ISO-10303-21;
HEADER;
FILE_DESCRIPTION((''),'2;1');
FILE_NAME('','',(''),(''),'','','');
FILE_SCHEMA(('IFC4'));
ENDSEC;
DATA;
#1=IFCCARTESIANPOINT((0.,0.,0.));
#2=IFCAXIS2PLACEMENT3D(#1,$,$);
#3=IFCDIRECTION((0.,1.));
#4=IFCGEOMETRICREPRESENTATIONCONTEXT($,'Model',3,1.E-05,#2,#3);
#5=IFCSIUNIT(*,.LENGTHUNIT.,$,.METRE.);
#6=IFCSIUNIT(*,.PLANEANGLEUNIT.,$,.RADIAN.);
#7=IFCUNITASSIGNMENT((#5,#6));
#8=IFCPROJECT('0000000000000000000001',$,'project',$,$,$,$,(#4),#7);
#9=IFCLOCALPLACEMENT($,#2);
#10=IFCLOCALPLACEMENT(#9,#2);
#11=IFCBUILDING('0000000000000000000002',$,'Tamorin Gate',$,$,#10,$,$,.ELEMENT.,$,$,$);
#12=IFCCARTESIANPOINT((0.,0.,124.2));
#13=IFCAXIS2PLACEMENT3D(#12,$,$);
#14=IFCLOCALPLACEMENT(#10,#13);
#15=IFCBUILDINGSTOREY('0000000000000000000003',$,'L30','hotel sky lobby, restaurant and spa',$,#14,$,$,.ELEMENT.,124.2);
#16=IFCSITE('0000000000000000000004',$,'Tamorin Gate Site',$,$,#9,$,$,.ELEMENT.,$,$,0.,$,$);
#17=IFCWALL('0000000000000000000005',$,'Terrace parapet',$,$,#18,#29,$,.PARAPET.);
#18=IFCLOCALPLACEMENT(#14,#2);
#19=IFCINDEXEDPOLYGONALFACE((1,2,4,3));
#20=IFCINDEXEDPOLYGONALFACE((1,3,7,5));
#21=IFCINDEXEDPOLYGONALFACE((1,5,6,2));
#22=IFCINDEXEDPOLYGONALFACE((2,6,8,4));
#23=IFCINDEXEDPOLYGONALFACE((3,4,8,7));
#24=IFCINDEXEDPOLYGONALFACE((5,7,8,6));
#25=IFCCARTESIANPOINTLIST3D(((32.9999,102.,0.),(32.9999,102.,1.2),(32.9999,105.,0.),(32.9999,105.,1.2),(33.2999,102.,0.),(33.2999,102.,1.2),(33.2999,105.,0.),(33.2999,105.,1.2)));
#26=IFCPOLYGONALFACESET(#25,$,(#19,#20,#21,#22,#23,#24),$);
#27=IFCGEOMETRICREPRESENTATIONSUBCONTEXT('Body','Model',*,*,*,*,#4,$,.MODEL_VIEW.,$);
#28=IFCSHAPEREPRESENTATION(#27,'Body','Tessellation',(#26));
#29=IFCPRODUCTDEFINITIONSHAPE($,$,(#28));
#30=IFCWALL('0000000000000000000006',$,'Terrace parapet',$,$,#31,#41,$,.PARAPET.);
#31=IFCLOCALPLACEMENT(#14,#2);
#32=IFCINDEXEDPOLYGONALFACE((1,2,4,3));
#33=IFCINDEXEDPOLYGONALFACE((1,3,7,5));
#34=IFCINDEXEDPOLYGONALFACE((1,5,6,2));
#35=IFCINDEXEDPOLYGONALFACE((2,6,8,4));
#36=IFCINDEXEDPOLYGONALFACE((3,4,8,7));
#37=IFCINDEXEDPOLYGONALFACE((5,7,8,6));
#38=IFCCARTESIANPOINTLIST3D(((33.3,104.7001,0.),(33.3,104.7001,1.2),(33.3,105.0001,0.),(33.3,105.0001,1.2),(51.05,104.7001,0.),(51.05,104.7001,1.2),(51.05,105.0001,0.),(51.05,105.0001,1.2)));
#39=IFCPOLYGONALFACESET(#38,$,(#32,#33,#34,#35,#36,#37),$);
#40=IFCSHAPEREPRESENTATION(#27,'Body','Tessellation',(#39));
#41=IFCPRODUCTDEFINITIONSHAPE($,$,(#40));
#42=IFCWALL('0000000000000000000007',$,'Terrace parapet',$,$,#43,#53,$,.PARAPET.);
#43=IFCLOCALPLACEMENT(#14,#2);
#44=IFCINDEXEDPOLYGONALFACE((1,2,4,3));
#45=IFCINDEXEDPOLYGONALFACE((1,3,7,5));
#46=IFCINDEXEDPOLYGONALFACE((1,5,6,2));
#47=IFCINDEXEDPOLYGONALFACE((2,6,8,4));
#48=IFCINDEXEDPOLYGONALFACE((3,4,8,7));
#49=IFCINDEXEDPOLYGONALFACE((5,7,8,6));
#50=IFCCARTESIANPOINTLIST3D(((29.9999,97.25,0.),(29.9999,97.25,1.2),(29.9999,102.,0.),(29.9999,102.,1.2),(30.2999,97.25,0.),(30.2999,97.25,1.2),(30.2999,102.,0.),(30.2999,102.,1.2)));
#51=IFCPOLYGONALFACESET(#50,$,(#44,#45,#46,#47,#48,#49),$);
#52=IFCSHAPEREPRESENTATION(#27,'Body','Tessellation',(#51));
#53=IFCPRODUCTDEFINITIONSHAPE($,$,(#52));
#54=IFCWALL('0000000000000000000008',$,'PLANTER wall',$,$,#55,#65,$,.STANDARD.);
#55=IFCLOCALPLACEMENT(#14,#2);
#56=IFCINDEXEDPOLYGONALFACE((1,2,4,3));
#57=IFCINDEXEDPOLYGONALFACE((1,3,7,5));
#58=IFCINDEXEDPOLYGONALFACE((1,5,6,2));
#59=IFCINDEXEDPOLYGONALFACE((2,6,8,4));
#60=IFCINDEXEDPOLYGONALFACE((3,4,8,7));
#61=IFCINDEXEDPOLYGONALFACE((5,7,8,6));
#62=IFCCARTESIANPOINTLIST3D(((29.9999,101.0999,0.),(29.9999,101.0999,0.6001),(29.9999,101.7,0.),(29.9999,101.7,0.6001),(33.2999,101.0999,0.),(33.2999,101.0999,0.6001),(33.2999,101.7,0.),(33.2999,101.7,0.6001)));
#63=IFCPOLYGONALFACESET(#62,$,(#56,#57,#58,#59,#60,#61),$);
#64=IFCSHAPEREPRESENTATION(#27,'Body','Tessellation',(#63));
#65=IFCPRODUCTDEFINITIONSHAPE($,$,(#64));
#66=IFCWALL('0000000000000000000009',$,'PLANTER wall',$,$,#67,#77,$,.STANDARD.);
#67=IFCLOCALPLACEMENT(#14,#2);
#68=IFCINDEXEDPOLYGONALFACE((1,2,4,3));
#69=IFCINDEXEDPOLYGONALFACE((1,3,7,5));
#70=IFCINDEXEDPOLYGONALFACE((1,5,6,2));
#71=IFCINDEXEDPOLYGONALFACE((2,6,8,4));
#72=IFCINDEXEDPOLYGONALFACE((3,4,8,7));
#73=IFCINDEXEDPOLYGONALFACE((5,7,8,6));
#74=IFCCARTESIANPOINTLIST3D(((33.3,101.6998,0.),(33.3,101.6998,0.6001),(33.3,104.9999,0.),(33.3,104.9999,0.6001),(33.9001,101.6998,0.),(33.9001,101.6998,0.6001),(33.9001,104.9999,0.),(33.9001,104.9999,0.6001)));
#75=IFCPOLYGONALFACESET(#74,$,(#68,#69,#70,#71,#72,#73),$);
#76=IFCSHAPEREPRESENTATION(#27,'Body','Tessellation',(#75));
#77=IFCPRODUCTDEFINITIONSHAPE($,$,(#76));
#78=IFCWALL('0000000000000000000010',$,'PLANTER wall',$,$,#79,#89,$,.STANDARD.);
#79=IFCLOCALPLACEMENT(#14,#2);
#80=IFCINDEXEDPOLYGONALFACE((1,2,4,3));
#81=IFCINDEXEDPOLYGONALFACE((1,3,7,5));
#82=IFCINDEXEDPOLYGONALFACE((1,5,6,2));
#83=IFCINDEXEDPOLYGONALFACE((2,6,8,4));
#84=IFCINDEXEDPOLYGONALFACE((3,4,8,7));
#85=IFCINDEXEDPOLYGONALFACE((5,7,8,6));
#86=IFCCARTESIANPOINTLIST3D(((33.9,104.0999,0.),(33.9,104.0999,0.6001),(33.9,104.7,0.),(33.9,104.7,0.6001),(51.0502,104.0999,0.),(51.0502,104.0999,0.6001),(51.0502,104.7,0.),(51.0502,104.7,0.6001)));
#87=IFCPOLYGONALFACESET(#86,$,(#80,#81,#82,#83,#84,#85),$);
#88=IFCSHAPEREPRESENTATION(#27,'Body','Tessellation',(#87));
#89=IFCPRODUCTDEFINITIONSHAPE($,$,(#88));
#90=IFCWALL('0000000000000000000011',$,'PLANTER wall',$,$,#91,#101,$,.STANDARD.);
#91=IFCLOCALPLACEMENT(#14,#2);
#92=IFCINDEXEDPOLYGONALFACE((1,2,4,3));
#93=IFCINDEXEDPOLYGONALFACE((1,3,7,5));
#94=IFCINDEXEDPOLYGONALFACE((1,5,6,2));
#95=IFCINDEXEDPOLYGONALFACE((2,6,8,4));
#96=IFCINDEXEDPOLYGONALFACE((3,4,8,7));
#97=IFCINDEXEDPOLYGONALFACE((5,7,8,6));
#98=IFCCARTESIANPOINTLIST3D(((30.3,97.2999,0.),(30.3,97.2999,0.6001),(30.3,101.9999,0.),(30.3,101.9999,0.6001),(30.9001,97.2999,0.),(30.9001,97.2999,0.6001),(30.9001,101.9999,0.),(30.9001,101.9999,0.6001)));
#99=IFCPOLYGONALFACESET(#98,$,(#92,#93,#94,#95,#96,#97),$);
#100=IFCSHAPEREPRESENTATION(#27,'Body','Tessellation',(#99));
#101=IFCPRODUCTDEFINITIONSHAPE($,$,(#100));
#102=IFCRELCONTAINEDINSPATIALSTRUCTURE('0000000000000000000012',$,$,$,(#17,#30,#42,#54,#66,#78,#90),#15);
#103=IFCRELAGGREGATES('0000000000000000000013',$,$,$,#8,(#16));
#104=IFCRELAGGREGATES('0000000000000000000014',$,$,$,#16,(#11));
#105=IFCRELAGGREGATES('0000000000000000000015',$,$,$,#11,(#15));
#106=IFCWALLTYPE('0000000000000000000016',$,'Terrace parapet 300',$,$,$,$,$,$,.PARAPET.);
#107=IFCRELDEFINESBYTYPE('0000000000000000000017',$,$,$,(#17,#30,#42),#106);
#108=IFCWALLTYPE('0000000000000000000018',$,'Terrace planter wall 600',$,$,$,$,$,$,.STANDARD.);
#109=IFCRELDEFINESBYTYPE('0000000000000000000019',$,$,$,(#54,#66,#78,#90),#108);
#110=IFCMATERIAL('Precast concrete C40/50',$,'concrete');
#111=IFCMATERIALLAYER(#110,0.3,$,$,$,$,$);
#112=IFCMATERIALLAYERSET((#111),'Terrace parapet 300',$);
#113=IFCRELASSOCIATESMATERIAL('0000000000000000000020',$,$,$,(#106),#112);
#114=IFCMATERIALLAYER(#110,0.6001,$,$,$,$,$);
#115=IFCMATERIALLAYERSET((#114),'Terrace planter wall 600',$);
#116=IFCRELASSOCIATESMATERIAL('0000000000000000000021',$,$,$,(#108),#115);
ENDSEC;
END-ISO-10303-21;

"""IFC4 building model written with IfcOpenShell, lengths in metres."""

from ifc_helpers import new_model, si_unit, direction, frame, frame_2d, origin, place, context, subcontext, project, spatial, rectangle, extrude, material, layer, layer_set, type_object, element, save


model = new_model("IFC4")

# Units and contexts
model_context = context("Model", 3, precision=1e-05, world=origin(), true_north=direction((0.0, 1.0)))
body_context = subcontext(model_context, "Body", "Model", "MODEL_VIEW")
ifc_project = project(units=[si_unit("LENGTHUNIT", "METRE"), si_unit("PLANEANGLEUNIT", "RADIAN")], contexts=[model_context])

# Site, building, storey
site_placement = place(None, origin())
site = spatial("IfcSite", under=ifc_project, at=site_placement, Name="Tamorin Gate Site", CompositionType="ELEMENT", RefElevation=0.0)
building_placement = place(site_placement, origin())
building = spatial("IfcBuilding", under=site, at=building_placement, Name="Tamorin Gate", CompositionType="ELEMENT")
storey_placement = place(building_placement, frame((0.0, 0.0, 124.2)))
storey = spatial("IfcBuildingStorey", under=building, at=storey_placement, Name="L30", Description="hotel sky lobby, restaurant and spa", CompositionType="ELEMENT", Elevation=124.2)

# Walls
ifc_material_1 = material(Name="Precast concrete C40/50", Category="concrete")
ifc_layer_1 = layer(ifc_material_1, 0.3)
ifc_layer_set_1 = layer_set([ifc_layer_1], Name="Terrace parapet 300")
wall_type_1 = type_object("IfcWallType", Name="Terrace parapet 300", PredefinedType="PARAPET", material=ifc_layer_set_1)
wall_1_placement = place(storey_placement, frame((33.1499, 105.0, 0.0), z_axis=(0.0, 0.0, 1.0), x_axis=(0.0, -1.0, 0.0)))
element("IfcWall", 1, at=wall_1_placement, inside=storey, type_object=wall_type_1, Name="Terrace parapet", PredefinedType="PARAPET", context=body_context, shape_type="SweptSolid", body=[
    extrude(rectangle(XDim=3.0, YDim=0.3, at=frame_2d((1.5, 0.0))), origin(), (0.0, 0.0, 1.0), 1.2),
])
wall_2_placement = place(storey_placement, frame((33.3, 104.8501, 0.0), z_axis=(0.0, 0.0, 1.0), x_axis=(1.0, 0.0, 0.0)))
element("IfcWall", 2, at=wall_2_placement, inside=storey, type_object=wall_type_1, Name="Terrace parapet", PredefinedType="PARAPET", context=body_context, shape_type="SweptSolid", body=[
    extrude(rectangle(XDim=17.75, YDim=0.3, at=frame_2d((8.875, 0.0))), origin(), (0.0, 0.0, 1.0), 1.2),
])
wall_3_placement = place(storey_placement, frame((30.1499, 102.0, 0.0), z_axis=(0.0, 0.0, 1.0), x_axis=(0.0, -1.0, 0.0)))
element("IfcWall", 3, at=wall_3_placement, inside=storey, type_object=wall_type_1, Name="Terrace parapet", PredefinedType="PARAPET", context=body_context, shape_type="SweptSolid", body=[
    extrude(rectangle(XDim=4.75, YDim=0.3, at=frame_2d((2.375, 0.0))), origin(), (0.0, 0.0, 1.0), 1.2),
])
ifc_layer_2 = layer(ifc_material_1, 0.6001)
ifc_layer_set_2 = layer_set([ifc_layer_2], Name="Terrace planter wall 600")
wall_type_2 = type_object("IfcWallType", Name="Terrace planter wall 600", PredefinedType="STANDARD", material=ifc_layer_set_2)
for number, where, z_axis, x_axis, name in (
    (4, (30.0, 101.3999, 0.0), (0.0, 0.0, 1.0), (1.0, 0.0, 0.0), "PLANTER wall"),
    (5, (33.6001, 101.7, 0.0), (0.0, 0.0, 1.0), (0.0, 1.0, 0.0), "PLANTER wall"),
):
    element("IfcWall", number, at=place(storey_placement, frame(where, z_axis=z_axis, x_axis=x_axis)), inside=storey, type_object=wall_type_2, Name=name, PredefinedType="STANDARD", context=body_context, shape_type="SweptSolid", body=[
        extrude(rectangle(XDim=3.3, YDim=0.6001, at=frame_2d((1.6499, 0.0))), origin(), (0.0, 0.0, 1.0), 0.6001),
    ])
wall_4_placement = place(storey_placement, frame((33.8999, 104.3999, 0.0), z_axis=(0.0, 0.0, 1.0), x_axis=(1.0, 0.0, 0.0)))
element("IfcWall", 6, at=wall_4_placement, inside=storey, type_object=wall_type_2, Name="PLANTER wall", PredefinedType="STANDARD", context=body_context, shape_type="SweptSolid", body=[
    extrude(rectangle(XDim=17.1501, YDim=0.6001, at=frame_2d((8.5752, 0.0))), origin(), (0.0, 0.0, 1.0), 0.6001),
])
wall_5_placement = place(storey_placement, frame((30.6001, 102.0, 0.0), z_axis=(0.0, 0.0, 1.0), x_axis=(0.0, -1.0, 0.0)))
element("IfcWall", 7, at=wall_5_placement, inside=storey, type_object=wall_type_2, Name="PLANTER wall", PredefinedType="STANDARD", context=body_context, shape_type="SweptSolid", body=[
    extrude(rectangle(XDim=4.7, YDim=0.6001, at=frame_2d((2.3501, 0.0))), origin(), (0.0, 0.0, 1.0), 0.6001),
])

save(model, "model.ifc")
